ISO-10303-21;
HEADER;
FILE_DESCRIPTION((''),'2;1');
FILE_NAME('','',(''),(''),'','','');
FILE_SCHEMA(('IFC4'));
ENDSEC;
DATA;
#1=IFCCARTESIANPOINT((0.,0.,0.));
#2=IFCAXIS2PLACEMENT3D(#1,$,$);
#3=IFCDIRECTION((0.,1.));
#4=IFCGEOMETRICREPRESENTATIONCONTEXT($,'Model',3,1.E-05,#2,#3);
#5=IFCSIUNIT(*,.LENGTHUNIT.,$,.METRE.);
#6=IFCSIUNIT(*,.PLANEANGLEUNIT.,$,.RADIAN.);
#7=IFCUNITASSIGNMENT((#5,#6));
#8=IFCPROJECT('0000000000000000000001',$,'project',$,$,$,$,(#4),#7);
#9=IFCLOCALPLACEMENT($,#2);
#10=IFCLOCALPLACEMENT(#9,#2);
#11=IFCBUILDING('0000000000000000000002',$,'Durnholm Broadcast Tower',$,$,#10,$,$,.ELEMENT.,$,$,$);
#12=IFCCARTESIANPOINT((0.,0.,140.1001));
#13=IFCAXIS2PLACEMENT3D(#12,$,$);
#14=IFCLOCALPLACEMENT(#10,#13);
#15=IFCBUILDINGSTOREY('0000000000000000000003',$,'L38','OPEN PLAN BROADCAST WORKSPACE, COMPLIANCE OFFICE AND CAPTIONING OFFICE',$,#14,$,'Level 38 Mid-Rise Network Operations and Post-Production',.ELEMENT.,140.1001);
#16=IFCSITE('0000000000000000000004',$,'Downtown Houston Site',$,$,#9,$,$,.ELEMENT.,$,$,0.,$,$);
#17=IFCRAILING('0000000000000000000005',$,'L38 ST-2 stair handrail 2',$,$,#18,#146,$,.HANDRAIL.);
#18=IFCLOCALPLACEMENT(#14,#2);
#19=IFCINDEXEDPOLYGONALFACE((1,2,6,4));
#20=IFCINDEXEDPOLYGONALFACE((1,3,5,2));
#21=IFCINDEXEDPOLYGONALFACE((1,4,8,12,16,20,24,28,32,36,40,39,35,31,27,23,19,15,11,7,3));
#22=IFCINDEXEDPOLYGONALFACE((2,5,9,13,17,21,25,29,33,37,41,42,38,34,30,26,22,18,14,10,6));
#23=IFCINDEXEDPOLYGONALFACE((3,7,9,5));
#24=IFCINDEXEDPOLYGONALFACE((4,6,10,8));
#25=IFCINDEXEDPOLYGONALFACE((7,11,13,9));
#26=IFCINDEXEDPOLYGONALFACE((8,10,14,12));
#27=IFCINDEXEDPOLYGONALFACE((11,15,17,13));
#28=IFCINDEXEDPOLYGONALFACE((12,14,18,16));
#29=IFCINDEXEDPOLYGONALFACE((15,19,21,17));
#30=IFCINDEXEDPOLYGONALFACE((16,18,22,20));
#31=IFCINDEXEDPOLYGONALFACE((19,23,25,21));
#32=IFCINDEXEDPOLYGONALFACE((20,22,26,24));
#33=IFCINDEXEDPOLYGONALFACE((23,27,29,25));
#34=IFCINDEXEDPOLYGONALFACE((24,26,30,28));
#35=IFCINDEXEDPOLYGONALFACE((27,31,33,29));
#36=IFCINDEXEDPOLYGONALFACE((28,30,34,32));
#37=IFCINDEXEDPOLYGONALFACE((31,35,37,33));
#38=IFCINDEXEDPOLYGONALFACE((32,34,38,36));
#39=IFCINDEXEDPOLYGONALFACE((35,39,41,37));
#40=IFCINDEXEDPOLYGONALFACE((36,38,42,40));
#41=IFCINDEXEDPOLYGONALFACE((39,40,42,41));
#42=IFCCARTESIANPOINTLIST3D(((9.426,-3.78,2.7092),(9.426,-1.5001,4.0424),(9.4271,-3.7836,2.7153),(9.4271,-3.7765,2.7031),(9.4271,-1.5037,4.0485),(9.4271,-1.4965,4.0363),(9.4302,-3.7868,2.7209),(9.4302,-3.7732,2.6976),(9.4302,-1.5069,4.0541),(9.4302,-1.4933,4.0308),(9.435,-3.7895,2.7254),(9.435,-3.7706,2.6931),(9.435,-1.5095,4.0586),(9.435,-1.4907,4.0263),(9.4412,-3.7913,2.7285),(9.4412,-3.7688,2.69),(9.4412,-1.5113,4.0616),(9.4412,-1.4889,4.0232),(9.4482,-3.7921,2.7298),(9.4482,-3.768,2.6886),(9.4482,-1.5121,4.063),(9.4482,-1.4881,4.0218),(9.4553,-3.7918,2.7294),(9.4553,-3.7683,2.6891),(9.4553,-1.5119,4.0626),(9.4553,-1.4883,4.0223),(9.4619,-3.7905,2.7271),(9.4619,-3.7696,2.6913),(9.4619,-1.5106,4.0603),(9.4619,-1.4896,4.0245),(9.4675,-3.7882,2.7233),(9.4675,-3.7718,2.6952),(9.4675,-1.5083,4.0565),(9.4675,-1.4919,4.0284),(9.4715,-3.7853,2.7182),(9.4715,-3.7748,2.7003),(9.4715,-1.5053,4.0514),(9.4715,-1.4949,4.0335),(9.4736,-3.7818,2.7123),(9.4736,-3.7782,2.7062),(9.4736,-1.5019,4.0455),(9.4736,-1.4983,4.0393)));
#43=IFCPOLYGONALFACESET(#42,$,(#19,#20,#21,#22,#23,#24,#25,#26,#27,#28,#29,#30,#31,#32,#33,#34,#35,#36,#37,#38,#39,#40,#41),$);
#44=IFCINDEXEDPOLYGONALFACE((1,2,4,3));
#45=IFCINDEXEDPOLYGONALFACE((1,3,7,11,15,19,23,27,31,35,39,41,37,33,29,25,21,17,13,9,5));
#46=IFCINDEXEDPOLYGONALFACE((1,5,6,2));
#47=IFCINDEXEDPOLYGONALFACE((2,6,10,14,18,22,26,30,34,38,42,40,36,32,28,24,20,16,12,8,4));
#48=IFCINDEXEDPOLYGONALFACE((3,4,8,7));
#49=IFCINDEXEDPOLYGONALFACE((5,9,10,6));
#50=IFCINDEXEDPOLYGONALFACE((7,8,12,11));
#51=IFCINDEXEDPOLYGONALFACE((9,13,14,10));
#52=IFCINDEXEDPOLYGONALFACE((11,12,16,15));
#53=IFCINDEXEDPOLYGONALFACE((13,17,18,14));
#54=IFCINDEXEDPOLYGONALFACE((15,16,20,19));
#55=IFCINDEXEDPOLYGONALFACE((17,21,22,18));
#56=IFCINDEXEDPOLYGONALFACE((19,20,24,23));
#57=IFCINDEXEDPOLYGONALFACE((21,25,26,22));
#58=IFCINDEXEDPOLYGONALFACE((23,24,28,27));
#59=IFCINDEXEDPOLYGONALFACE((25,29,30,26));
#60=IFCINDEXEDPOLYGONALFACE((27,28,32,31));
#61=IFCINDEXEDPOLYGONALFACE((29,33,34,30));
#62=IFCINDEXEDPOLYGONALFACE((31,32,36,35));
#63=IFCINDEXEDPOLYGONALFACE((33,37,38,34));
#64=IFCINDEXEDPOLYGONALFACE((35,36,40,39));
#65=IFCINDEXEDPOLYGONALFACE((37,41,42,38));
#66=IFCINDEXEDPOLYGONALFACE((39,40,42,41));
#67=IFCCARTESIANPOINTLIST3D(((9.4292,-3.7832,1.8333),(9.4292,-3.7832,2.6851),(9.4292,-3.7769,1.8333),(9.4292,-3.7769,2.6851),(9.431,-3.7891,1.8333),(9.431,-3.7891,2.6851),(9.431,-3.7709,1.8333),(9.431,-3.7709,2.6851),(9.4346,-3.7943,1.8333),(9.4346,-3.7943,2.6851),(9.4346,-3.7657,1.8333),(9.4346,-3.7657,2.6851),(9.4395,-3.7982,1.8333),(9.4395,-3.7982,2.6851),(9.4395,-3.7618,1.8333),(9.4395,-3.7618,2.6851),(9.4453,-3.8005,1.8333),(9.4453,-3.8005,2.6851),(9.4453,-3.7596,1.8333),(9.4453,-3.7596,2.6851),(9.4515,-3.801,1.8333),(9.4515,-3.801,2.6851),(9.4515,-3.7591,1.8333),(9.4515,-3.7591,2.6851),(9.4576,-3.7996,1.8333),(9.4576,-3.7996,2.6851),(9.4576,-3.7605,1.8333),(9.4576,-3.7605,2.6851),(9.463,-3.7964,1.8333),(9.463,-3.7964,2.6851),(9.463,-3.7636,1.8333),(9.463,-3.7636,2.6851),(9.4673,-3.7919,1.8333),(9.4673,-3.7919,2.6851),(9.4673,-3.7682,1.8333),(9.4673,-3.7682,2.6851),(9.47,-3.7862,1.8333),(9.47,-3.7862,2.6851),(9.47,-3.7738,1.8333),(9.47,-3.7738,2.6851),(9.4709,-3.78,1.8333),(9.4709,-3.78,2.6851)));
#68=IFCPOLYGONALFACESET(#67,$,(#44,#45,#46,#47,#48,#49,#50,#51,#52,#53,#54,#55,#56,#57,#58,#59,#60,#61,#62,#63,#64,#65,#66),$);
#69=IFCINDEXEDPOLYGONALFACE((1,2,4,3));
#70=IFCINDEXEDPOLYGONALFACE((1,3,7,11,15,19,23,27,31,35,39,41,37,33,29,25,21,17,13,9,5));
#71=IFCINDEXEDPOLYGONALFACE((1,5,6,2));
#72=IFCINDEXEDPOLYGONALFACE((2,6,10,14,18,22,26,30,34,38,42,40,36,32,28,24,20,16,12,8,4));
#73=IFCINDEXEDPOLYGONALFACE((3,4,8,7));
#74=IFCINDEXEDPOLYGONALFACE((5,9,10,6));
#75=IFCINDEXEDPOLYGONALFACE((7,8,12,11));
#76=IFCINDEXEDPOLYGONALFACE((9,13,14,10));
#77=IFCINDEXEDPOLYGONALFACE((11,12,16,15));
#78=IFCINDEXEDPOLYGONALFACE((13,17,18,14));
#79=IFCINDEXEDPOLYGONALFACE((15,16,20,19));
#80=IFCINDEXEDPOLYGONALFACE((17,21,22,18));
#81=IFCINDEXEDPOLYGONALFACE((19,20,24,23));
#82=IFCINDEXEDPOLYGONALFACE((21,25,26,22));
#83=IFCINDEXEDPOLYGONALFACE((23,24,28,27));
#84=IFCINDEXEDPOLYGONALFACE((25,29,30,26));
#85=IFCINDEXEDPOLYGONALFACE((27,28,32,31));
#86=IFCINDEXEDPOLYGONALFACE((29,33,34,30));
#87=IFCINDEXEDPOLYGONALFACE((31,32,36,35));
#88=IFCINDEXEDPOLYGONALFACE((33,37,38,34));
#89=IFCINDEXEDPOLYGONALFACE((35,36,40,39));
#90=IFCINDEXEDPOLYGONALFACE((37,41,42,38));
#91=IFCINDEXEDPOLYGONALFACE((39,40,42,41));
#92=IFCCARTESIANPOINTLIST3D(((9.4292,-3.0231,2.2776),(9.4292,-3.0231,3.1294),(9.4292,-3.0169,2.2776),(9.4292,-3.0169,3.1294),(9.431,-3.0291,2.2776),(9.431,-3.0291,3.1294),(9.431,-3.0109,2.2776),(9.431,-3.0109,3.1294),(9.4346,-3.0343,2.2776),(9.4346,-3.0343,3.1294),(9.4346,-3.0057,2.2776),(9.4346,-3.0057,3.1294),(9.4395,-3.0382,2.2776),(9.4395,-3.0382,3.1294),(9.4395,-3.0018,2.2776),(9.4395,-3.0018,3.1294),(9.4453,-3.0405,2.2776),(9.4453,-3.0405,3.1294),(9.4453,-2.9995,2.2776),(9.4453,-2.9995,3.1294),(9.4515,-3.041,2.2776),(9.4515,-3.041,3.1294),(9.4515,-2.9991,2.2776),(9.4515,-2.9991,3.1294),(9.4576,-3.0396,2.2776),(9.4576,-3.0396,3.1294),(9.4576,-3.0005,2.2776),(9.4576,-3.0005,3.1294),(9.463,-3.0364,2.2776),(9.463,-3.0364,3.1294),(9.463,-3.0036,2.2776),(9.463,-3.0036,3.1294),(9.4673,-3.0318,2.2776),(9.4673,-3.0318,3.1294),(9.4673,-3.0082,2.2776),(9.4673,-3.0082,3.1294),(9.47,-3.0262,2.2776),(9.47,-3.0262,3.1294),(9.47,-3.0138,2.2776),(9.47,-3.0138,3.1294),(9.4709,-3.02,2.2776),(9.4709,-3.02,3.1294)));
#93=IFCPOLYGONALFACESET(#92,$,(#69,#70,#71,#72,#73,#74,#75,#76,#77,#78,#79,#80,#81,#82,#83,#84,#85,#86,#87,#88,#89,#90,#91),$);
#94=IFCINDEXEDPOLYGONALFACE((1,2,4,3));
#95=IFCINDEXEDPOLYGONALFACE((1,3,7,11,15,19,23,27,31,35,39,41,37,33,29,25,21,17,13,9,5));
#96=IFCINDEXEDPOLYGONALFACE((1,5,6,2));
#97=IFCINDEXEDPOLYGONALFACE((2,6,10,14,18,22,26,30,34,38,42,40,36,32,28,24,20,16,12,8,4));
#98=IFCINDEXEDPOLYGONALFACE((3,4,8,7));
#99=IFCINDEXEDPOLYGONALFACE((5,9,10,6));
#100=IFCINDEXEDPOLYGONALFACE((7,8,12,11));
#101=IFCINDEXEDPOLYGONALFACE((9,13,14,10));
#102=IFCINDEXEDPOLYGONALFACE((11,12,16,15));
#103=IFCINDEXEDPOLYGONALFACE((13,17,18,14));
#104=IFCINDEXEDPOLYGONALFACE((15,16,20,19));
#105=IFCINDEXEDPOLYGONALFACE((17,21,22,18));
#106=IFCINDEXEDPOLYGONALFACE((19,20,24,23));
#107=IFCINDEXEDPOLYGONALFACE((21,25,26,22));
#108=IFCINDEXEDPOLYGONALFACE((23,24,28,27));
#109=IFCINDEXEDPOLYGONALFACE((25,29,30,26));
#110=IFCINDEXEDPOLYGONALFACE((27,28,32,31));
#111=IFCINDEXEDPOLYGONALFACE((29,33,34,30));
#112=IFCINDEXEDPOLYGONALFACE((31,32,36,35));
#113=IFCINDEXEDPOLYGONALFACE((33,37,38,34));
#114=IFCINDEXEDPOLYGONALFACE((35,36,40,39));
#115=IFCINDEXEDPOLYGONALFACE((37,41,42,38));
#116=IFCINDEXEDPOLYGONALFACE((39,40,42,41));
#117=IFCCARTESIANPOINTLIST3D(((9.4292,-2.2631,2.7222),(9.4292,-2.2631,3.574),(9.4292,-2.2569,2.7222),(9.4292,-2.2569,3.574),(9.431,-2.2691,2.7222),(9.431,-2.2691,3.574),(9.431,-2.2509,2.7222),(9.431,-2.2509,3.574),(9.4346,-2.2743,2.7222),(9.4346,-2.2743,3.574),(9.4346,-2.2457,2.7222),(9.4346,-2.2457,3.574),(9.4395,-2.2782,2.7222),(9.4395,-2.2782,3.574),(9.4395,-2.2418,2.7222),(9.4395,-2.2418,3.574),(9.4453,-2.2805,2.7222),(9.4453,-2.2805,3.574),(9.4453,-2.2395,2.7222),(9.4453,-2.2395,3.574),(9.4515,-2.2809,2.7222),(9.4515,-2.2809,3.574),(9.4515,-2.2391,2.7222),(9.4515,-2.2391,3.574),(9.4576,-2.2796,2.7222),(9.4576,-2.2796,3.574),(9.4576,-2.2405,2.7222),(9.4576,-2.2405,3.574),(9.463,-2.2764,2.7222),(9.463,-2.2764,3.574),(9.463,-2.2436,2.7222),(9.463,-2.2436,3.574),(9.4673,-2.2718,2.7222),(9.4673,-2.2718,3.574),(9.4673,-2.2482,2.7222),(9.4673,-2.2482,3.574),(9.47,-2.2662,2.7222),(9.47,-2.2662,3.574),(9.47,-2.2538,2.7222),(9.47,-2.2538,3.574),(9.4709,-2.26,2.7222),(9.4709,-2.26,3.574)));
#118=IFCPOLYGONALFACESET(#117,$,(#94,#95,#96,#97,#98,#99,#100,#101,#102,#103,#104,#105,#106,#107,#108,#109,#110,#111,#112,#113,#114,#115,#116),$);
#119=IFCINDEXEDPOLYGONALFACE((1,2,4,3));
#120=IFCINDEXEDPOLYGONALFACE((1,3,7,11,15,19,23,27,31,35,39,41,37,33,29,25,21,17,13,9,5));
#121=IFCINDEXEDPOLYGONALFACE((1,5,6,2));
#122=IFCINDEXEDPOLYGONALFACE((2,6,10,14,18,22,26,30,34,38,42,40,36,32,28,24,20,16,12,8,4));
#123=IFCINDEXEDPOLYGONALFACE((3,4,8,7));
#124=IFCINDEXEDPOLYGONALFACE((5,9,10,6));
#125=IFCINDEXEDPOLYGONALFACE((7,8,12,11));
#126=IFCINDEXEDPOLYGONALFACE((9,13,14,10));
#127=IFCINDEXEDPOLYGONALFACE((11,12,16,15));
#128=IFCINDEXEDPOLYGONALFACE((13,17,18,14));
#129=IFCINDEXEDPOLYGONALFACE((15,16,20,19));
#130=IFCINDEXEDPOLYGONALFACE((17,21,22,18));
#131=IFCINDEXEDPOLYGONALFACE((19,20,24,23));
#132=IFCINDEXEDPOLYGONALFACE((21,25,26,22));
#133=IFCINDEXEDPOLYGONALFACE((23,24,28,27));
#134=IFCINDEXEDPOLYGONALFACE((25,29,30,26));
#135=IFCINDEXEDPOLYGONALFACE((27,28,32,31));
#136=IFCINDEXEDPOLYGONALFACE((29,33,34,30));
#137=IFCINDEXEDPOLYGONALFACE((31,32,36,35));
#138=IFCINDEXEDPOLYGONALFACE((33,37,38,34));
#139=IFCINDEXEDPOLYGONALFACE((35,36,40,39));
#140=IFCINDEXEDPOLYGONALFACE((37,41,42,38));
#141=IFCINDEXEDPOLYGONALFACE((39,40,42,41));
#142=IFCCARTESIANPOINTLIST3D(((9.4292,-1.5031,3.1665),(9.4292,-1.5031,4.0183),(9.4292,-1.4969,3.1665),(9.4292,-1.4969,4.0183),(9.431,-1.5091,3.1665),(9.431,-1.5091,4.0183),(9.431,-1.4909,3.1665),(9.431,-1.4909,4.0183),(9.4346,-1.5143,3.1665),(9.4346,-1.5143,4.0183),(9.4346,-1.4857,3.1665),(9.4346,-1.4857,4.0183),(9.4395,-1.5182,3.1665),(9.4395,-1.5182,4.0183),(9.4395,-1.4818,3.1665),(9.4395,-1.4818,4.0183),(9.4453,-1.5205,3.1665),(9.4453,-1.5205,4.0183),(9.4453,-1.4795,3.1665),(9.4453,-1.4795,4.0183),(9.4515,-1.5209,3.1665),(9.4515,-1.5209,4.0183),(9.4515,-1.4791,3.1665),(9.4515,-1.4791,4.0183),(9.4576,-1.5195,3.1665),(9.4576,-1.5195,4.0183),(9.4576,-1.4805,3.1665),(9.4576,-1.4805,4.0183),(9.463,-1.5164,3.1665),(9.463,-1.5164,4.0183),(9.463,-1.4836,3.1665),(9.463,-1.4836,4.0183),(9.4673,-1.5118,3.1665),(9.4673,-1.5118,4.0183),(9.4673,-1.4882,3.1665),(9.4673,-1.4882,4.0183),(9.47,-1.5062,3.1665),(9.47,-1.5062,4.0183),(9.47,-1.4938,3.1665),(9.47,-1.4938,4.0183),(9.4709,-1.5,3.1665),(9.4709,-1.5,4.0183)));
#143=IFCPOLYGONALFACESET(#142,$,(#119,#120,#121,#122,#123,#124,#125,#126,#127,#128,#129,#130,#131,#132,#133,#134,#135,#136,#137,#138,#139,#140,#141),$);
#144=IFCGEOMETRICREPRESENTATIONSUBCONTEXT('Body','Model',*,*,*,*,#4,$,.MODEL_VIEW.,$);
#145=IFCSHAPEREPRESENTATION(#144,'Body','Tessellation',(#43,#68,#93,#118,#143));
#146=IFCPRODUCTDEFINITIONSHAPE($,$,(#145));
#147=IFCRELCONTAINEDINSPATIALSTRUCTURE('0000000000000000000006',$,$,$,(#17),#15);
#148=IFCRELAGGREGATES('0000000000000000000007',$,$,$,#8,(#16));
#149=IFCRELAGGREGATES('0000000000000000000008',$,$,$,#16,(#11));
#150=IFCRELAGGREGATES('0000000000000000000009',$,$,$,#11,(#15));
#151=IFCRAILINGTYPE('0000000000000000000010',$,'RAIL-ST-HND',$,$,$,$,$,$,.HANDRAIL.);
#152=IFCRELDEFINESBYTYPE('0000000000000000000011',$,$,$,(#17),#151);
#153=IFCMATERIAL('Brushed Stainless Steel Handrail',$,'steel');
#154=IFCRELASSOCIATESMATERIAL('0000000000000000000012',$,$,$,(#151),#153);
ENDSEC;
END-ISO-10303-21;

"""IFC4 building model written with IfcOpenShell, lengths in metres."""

from ifc_helpers import new_model, si_unit, direction, frame, origin, origin_2d, place, context, subcontext, project, spatial, circle, extrude, material, type_object, element, save


model = new_model("IFC4")

# Units and contexts
model_context = context("Model", 3, precision=1e-05, world=origin(), true_north=direction((0.0, 1.0)))
body_context = subcontext(model_context, "Body", "Model", "MODEL_VIEW")
ifc_project = project(units=[si_unit("LENGTHUNIT", "METRE"), si_unit("PLANEANGLEUNIT", "RADIAN")], contexts=[model_context])

# Site, building, storey
site_placement = place(None, origin())
site = spatial("IfcSite", under=ifc_project, at=site_placement, Name="Downtown Houston Site", CompositionType="ELEMENT", RefElevation=0.0)
building_placement = place(site_placement, origin())
building = spatial("IfcBuilding", under=site, at=building_placement, Name="Durnholm Broadcast Tower", CompositionType="ELEMENT")
storey_placement = place(building_placement, frame((0.0, 0.0, 140.1001)))
storey = spatial("IfcBuildingStorey", under=building, at=storey_placement, Name="L38", Description="OPEN PLAN BROADCAST WORKSPACE, COMPLIANCE OFFICE AND CAPTIONING OFFICE", LongName="Level 38 Mid-Rise Network Operations and Post-Production", CompositionType="ELEMENT", Elevation=140.1001)

# Railing
ifc_material_1 = material(Name="Brushed Stainless Steel Handrail", Category="steel")
railing_type_1 = type_object("IfcRailingType", Name="RAIL-ST-HND", PredefinedType="HANDRAIL", material=ifc_material_1)
railing_1_placement = place(storey_placement, frame((9.45, -3.78, 1.8333)))
element("IfcRailing", 1, at=railing_1_placement, inside=storey, type_object=railing_type_1, Name="L38 ST-2 stair handrail 2", PredefinedType="HANDRAIL", context=body_context, shape_type="SweptSolid", body=[
    extrude(circle(Radius=0.0239, at=origin_2d()), frame((0.0, 0.0, 0.876), z_axis=(0.0, 0.863245, 0.504785), x_axis=(-1.0, 0.0, 0.0)), (0.0, 0.0, 1.0), 2.6411),
    extrude(circle(Radius=0.021, at=origin_2d()), origin(), (0.0, 0.0, 1.0), 0.8518),
    extrude(circle(Radius=0.021, at=origin_2d()), frame((0.0, 0.76, 0.4443)), (0.0, 0.0, 1.0), 0.8518),
    extrude(circle(Radius=0.021, at=origin_2d()), frame((0.0, 1.52, 0.8889)), (0.0, 0.0, 1.0), 0.8518),
    extrude(circle(Radius=0.021, at=origin_2d()), frame((0.0, 2.28, 1.3333)), (0.0, 0.0, 1.0), 0.8518),
])

save(model, "model.ifc")
